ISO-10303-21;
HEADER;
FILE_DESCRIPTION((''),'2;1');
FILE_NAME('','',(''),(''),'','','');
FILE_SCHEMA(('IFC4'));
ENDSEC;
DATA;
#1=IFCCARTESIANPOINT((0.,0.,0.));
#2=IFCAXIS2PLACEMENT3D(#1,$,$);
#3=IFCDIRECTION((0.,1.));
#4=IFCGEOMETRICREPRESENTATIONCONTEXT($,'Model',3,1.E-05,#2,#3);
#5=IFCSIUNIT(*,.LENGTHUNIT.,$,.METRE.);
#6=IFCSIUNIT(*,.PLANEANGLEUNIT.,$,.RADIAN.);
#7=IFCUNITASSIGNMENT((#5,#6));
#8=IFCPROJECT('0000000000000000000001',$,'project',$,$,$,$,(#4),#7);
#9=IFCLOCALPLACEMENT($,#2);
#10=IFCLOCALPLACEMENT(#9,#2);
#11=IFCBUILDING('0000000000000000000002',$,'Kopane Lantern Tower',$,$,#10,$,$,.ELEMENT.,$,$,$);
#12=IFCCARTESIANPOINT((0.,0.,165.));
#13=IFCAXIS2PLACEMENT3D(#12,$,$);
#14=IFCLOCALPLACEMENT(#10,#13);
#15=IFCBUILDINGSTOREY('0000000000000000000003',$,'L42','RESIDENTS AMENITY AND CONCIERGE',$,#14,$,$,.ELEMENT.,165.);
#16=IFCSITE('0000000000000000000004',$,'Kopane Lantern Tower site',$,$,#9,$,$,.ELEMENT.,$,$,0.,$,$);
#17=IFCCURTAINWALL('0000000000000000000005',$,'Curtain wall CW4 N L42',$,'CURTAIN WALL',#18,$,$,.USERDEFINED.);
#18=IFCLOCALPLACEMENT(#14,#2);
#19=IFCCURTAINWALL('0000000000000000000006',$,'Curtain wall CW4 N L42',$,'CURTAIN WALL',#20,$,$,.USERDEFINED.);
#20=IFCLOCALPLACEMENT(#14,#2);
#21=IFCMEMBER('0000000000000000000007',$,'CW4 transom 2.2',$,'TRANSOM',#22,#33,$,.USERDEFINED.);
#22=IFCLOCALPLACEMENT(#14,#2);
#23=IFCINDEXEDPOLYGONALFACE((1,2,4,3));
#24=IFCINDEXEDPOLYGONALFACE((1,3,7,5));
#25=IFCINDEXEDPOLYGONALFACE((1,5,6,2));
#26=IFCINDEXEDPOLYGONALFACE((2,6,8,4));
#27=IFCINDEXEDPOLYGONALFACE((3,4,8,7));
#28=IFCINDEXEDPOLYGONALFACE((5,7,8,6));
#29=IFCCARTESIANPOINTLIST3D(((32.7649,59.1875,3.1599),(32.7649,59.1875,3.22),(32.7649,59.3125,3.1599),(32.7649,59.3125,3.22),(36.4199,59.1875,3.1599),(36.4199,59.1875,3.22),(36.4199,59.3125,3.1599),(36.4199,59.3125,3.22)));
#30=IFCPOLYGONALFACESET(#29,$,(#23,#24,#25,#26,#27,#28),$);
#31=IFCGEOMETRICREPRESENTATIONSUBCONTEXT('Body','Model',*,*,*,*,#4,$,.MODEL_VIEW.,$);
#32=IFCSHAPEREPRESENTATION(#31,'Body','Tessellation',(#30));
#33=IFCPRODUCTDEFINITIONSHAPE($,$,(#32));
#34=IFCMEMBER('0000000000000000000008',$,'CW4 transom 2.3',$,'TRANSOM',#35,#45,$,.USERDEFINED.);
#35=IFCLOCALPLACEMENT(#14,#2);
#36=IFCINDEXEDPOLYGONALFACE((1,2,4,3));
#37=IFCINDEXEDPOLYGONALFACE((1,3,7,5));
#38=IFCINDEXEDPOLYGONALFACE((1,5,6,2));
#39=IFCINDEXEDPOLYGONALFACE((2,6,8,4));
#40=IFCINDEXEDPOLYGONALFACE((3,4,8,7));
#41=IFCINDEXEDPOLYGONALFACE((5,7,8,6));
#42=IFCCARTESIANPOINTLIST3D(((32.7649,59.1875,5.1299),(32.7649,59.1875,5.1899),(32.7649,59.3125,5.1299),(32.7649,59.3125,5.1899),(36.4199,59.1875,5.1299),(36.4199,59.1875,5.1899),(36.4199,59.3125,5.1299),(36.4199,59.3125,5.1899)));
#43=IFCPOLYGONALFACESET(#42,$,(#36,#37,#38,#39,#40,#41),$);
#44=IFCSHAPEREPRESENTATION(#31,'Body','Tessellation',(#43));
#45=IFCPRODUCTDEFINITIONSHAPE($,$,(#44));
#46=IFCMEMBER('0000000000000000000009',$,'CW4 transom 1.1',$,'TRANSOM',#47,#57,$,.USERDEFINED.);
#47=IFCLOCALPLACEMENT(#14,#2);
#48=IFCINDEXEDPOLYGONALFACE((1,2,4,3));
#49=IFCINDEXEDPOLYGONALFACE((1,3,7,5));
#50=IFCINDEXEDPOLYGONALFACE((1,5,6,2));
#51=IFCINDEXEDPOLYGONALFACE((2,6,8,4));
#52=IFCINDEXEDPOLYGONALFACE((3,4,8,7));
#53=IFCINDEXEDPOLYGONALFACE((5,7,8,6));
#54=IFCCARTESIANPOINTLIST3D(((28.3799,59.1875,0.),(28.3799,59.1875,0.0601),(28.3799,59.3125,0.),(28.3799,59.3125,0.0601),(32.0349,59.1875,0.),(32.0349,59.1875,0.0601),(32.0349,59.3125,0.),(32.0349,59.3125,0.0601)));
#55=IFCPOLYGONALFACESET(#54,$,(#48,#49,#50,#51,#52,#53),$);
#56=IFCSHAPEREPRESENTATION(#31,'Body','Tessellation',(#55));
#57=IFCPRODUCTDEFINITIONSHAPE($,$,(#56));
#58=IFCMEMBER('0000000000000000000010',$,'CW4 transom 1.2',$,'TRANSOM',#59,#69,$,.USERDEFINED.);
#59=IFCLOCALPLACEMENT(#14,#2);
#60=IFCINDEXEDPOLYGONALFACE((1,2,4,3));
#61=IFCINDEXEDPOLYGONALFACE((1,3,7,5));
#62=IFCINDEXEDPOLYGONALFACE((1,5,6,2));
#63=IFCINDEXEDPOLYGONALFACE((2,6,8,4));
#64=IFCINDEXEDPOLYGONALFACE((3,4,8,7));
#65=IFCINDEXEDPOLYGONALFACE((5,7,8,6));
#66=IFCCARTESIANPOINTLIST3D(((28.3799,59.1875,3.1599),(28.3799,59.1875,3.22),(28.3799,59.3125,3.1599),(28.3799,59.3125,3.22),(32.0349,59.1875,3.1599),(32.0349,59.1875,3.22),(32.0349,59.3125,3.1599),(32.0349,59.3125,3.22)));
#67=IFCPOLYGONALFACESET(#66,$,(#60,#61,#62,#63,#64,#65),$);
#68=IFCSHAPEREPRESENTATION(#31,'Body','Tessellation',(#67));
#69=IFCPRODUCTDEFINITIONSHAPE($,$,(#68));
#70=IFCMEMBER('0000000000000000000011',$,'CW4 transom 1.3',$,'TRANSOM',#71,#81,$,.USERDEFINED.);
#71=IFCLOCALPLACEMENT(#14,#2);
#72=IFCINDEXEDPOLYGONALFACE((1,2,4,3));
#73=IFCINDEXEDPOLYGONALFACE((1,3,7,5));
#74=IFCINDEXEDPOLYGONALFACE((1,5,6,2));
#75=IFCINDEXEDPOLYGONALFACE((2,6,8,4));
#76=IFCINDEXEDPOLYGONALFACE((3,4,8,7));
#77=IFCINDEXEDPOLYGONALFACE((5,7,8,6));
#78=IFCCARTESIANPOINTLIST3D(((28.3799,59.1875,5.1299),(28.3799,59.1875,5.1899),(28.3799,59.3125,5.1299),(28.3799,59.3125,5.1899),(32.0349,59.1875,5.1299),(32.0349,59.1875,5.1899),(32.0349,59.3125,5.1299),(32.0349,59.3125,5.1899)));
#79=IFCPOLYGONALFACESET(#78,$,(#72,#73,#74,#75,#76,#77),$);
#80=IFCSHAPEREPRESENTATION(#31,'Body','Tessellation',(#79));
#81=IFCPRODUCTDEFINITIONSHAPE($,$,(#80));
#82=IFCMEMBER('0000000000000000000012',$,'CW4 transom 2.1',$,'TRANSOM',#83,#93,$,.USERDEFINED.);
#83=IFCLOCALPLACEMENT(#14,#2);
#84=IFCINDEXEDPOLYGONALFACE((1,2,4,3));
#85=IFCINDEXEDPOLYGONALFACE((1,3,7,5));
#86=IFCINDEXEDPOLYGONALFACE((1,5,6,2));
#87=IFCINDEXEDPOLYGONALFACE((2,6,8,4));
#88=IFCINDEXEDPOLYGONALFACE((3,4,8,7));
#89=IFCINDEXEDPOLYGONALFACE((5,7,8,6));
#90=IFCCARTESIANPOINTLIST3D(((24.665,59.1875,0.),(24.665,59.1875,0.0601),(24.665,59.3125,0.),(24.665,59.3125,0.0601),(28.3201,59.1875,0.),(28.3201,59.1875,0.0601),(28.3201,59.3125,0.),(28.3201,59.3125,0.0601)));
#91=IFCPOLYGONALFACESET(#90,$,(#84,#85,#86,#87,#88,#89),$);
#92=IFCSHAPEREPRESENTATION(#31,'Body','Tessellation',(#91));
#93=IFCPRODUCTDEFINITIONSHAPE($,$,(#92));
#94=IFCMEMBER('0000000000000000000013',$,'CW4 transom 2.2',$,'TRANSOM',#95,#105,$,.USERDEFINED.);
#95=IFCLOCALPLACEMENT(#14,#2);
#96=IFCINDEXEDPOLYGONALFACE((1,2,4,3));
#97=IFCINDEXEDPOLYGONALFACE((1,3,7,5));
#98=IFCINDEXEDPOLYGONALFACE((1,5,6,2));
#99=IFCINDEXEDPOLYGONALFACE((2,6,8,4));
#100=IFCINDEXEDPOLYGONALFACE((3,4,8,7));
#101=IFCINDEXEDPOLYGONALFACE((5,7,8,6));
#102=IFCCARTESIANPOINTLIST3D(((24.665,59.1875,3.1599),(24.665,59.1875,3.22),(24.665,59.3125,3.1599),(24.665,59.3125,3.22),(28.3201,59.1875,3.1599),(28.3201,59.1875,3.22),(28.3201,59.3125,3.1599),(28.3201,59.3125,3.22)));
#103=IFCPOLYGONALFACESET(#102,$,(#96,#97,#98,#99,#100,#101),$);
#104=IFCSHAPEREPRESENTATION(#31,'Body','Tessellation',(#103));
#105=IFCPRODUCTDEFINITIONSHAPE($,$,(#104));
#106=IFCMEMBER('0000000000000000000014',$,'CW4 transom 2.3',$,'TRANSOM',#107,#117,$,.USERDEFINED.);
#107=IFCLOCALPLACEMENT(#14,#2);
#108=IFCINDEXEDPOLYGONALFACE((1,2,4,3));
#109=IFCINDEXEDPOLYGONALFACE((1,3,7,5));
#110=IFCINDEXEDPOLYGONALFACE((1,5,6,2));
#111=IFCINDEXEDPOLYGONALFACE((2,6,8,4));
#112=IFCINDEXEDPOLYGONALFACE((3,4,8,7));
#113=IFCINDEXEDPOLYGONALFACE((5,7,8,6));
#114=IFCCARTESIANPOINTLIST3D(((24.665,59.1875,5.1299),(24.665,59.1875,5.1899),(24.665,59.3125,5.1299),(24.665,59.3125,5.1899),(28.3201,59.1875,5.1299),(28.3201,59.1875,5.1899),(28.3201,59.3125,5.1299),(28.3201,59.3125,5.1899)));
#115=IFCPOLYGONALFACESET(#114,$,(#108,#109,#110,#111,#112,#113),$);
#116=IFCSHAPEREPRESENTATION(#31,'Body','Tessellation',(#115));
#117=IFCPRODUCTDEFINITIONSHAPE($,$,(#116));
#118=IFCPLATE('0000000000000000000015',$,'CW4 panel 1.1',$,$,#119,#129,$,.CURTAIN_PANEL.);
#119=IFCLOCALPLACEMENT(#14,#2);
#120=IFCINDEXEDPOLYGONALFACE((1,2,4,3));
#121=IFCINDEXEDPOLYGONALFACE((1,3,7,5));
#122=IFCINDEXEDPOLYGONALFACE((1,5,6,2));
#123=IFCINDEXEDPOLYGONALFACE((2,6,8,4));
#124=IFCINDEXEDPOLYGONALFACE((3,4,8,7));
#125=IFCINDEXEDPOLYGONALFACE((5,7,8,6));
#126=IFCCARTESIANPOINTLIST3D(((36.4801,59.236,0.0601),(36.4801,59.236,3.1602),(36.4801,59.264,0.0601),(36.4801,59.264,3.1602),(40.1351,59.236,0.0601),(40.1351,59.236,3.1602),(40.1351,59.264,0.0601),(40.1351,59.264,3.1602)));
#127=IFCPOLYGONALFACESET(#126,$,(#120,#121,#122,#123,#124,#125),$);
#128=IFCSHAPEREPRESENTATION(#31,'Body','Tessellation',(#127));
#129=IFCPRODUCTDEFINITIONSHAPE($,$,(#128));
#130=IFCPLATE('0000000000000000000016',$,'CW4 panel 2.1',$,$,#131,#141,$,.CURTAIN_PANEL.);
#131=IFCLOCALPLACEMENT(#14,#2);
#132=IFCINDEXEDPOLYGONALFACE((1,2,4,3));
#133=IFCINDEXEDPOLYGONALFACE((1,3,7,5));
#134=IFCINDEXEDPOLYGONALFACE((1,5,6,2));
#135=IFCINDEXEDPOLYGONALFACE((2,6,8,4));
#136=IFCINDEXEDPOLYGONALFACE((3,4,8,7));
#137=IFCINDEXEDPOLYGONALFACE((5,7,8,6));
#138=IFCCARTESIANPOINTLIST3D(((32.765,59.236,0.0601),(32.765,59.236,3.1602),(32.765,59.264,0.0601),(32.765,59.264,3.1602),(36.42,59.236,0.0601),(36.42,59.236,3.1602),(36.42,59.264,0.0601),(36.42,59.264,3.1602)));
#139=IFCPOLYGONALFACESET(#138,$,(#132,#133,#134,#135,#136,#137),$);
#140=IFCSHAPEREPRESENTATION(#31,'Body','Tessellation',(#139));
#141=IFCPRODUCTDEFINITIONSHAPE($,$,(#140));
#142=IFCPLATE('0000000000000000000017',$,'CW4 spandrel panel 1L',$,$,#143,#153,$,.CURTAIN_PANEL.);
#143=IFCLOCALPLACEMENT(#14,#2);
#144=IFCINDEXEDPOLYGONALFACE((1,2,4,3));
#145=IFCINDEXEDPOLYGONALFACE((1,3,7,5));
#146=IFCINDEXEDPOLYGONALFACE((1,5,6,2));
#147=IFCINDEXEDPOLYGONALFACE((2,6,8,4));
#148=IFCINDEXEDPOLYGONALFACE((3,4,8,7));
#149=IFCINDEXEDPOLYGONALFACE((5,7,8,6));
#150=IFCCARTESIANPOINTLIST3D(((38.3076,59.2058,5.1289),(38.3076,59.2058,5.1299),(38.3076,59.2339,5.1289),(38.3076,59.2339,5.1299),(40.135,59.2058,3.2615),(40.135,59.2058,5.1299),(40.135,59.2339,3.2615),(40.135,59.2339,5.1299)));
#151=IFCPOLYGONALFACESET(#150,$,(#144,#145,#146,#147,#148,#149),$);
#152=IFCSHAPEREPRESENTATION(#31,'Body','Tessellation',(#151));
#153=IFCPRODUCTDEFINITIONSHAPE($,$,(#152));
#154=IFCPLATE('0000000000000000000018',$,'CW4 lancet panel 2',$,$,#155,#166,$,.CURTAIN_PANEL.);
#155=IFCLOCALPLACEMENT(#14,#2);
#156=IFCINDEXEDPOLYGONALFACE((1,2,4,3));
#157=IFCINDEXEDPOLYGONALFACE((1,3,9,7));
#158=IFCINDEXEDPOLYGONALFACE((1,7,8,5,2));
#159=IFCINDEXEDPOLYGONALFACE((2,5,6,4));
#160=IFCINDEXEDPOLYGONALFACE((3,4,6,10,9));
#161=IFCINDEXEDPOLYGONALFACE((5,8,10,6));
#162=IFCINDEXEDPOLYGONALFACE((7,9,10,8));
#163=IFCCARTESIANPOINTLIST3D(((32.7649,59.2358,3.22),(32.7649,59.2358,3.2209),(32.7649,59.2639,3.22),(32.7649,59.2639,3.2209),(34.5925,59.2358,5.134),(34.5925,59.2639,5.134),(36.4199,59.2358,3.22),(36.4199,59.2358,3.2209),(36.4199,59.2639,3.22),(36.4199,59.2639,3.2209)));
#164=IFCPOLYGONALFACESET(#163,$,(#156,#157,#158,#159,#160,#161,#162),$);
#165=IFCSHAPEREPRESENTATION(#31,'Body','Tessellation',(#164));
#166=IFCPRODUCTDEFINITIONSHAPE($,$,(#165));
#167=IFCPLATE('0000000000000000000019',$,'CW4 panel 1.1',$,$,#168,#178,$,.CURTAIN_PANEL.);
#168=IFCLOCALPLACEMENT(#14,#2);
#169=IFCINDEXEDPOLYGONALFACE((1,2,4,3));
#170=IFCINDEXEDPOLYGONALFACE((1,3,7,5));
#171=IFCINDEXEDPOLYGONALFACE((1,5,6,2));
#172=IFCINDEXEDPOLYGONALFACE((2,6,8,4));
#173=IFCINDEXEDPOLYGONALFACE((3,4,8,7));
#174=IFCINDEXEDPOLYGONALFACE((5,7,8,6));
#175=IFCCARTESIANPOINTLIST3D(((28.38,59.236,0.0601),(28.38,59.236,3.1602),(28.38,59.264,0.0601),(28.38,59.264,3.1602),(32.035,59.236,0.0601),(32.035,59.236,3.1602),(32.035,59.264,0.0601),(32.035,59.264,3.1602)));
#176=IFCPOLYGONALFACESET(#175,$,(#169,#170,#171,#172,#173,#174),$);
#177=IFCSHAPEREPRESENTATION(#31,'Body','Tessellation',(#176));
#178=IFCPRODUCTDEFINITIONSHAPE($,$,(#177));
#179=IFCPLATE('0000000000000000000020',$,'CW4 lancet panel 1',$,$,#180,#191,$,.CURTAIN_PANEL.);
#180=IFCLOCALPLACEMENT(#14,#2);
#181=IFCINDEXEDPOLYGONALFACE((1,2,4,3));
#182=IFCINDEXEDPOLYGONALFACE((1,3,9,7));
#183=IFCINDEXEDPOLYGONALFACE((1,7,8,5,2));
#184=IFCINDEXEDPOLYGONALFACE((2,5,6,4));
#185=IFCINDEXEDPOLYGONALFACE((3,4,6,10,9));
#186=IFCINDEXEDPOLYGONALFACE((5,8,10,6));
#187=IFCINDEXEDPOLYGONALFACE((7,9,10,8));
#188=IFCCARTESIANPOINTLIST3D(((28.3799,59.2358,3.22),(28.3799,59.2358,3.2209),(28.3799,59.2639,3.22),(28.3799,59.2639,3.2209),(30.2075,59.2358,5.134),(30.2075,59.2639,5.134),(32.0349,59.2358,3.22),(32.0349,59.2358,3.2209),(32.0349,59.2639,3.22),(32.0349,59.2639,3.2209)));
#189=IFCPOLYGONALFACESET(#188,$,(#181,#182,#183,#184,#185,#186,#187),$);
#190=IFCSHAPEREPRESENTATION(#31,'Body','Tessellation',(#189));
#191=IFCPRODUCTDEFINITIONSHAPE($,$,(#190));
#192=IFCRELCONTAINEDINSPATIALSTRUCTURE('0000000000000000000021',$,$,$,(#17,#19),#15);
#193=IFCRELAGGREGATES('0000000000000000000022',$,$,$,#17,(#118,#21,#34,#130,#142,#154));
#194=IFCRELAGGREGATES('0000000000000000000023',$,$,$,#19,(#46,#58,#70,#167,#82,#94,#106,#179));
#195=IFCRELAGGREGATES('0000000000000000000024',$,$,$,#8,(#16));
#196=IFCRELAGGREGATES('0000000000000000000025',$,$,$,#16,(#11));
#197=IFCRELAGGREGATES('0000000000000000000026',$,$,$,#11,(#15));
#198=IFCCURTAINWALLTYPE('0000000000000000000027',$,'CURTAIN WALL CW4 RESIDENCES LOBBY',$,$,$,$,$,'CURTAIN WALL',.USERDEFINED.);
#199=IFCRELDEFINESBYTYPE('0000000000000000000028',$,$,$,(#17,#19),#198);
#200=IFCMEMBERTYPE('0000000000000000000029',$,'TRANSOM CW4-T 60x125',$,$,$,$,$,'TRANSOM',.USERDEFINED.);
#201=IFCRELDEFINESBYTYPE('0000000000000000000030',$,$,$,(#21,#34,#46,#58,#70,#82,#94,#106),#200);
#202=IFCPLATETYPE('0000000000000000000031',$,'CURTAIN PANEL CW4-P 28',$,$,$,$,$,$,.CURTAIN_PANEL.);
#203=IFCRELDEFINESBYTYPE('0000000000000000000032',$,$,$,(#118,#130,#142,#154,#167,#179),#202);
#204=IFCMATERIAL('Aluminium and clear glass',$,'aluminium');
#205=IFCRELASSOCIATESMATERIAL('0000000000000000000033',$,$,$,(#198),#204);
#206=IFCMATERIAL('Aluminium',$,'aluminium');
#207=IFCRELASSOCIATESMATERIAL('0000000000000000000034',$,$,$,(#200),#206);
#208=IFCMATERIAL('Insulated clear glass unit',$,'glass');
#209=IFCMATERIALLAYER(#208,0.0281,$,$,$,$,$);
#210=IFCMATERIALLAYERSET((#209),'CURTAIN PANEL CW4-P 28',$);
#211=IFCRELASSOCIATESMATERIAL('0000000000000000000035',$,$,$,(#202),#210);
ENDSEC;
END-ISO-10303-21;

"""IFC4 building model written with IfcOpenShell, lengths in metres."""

from ifc_helpers import new_model, si_unit, direction, frame, origin, origin_2d, place, context, subcontext, project, spatial, polyline, rectangle, outline, extrude, material, layer, layer_set, material_profile, profile_set, type_object, element, aggregate, save


model = new_model("IFC4")

# Units and contexts
model_context = context("Model", 3, precision=1e-05, world=origin(), true_north=direction((0.0, 1.0)))
body_context = subcontext(model_context, "Body", "Model", "MODEL_VIEW")
ifc_project = project(units=[si_unit("LENGTHUNIT", "METRE"), si_unit("PLANEANGLEUNIT", "RADIAN")], contexts=[model_context])

# Site, building, storey
site_placement = place(None, origin())
site = spatial("IfcSite", under=ifc_project, at=site_placement, Name="Kopane Lantern Tower site", CompositionType="ELEMENT", RefElevation=0.0)
building_placement = place(site_placement, origin())
building = spatial("IfcBuilding", under=site, at=building_placement, Name="Kopane Lantern Tower", CompositionType="ELEMENT")
storey_placement = place(building_placement, frame((0.0, 0.0, 165.0)))
storey = spatial("IfcBuildingStorey", under=building, at=storey_placement, Name="L42", Description="RESIDENTS AMENITY AND CONCIERGE", CompositionType="ELEMENT", Elevation=165.0)

# Curtain walls
ifc_material_1 = material(Name="Aluminium and clear glass", Category="aluminium")
curtain_wall_type = type_object("IfcCurtainWallType", Name="CURTAIN WALL CW4 RESIDENCES LOBBY", ElementType="CURTAIN WALL", PredefinedType="USERDEFINED", material=ifc_material_1)
curtain_wall_1_placement = place(storey_placement, origin())
curtain_wall_1 = element("IfcCurtainWall", 1, at=curtain_wall_1_placement, inside=storey, type_object=curtain_wall_type, Name="Curtain wall CW4 N L42", ObjectType="CURTAIN WALL", PredefinedType="USERDEFINED")
curtain_wall_2_placement = place(storey_placement, origin())
curtain_wall_2 = element("IfcCurtainWall", 2, at=curtain_wall_2_placement, inside=storey, type_object=curtain_wall_type, Name="Curtain wall CW4 N L42", ObjectType="CURTAIN WALL", PredefinedType="USERDEFINED")

# Members
ifc_material_2 = material(Name="Aluminium", Category="aluminium")
ifc_material_profile_1 = material_profile(ifc_material_2, rectangle(XDim=0.125, YDim=0.0601, at=origin_2d()), Name="AL 125x60")
ifc_profile_set_1 = profile_set([ifc_material_profile_1], Name="Aluminium")
member_type_1 = type_object("IfcMemberType", Name="TRANSOM CW4-T 60x125", ElementType="TRANSOM", PredefinedType="USERDEFINED", material=ifc_profile_set_1)
member_1_placement = place(storey_placement, frame((36.4199, 59.25, 3.1899), z_axis=(-1.0, 0.0, 0.0), x_axis=(0.0, -1.0, 0.0)))
member_1 = element("IfcMember", 3, at=member_1_placement, type_object=member_type_1, Name="CW4 transom 2.2", ObjectType="TRANSOM", PredefinedType="USERDEFINED", context=body_context, shape_type="SweptSolid", body=[
    extrude(rectangle(XDim=0.125, YDim=0.0601, at=origin_2d()), origin(), (0.0, 0.0, 1.0), 3.655),
])
member_2_placement = place(storey_placement, frame((36.4199, 59.25, 5.1599), z_axis=(-1.0, 0.0, 0.0), x_axis=(0.0, -1.0, 0.0)))
member_2 = element("IfcMember", 4, at=member_2_placement, type_object=member_type_1, Name="CW4 transom 2.3", ObjectType="TRANSOM", PredefinedType="USERDEFINED", context=body_context, shape_type="SweptSolid", body=[
    extrude(rectangle(XDim=0.125, YDim=0.0601, at=origin_2d()), origin(), (0.0, 0.0, 1.0), 3.655),
])
member_3_placement = place(storey_placement, frame((32.0349, 59.25, 0.03), z_axis=(-1.0, 0.0, 0.0), x_axis=(0.0, -1.0, 0.0)))
member_3 = element("IfcMember", 5, at=member_3_placement, type_object=member_type_1, Name="CW4 transom 1.1", ObjectType="TRANSOM", PredefinedType="USERDEFINED", context=body_context, shape_type="SweptSolid", body=[
    extrude(rectangle(XDim=0.125, YDim=0.0601, at=origin_2d()), origin(), (0.0, 0.0, 1.0), 3.655),
])
member_4_placement = place(storey_placement, frame((32.0349, 59.25, 3.1899), z_axis=(-1.0, 0.0, 0.0), x_axis=(0.0, -1.0, 0.0)))
member_4 = element("IfcMember", 6, at=member_4_placement, type_object=member_type_1, Name="CW4 transom 1.2", ObjectType="TRANSOM", PredefinedType="USERDEFINED", context=body_context, shape_type="SweptSolid", body=[
    extrude(rectangle(XDim=0.125, YDim=0.0601, at=origin_2d()), origin(), (0.0, 0.0, 1.0), 3.655),
])
member_5_placement = place(storey_placement, frame((32.0349, 59.25, 5.1599), z_axis=(-1.0, 0.0, 0.0), x_axis=(0.0, -1.0, 0.0)))
member_5 = element("IfcMember", 7, at=member_5_placement, type_object=member_type_1, Name="CW4 transom 1.3", ObjectType="TRANSOM", PredefinedType="USERDEFINED", context=body_context, shape_type="SweptSolid", body=[
    extrude(rectangle(XDim=0.125, YDim=0.0601, at=origin_2d()), origin(), (0.0, 0.0, 1.0), 3.655),
])
member_6_placement = place(storey_placement, frame((28.3201, 59.25, 0.03), z_axis=(-1.0, 0.0, 0.0), x_axis=(0.0, -1.0, 0.0)))
member_6 = element("IfcMember", 8, at=member_6_placement, type_object=member_type_1, Name="CW4 transom 2.1", ObjectType="TRANSOM", PredefinedType="USERDEFINED", context=body_context, shape_type="SweptSolid", body=[
    extrude(rectangle(XDim=0.125, YDim=0.0601, at=origin_2d()), origin(), (0.0, 0.0, 1.0), 3.655),
])
member_7_placement = place(storey_placement, frame((28.3201, 59.25, 3.1899), z_axis=(-1.0, 0.0, 0.0), x_axis=(0.0, -1.0, 0.0)))
member_7 = element("IfcMember", 9, at=member_7_placement, type_object=member_type_1, Name="CW4 transom 2.2", ObjectType="TRANSOM", PredefinedType="USERDEFINED", context=body_context, shape_type="SweptSolid", body=[
    extrude(rectangle(XDim=0.125, YDim=0.0601, at=origin_2d()), origin(), (0.0, 0.0, 1.0), 3.655),
])
member_8_placement = place(storey_placement, frame((28.3201, 59.25, 5.1599), z_axis=(-1.0, 0.0, 0.0), x_axis=(0.0, -1.0, 0.0)))
member_8 = element("IfcMember", 10, at=member_8_placement, type_object=member_type_1, Name="CW4 transom 2.3", ObjectType="TRANSOM", PredefinedType="USERDEFINED", context=body_context, shape_type="SweptSolid", body=[
    extrude(rectangle(XDim=0.125, YDim=0.0601, at=origin_2d()), origin(), (0.0, 0.0, 1.0), 3.655),
])

# Plates
ifc_material_3 = material(Name="Insulated clear glass unit", Category="glass")
ifc_layer = layer(ifc_material_3, 0.0281)
ifc_layer_set = layer_set([ifc_layer], Name="CURTAIN PANEL CW4-P 28")
plate_type = type_object("IfcPlateType", Name="CURTAIN PANEL CW4-P 28", PredefinedType="CURTAIN_PANEL", material=ifc_layer_set)
plate_1_placement = place(storey_placement, frame((38.3076, 59.25, 0.0601), z_axis=(0.0, 0.0, 1.0), x_axis=(-1.0, 0.0, 0.0)))
plate_1 = element("IfcPlate", 11, at=plate_1_placement, type_object=plate_type, Name="CW4 panel 1.1", PredefinedType="CURTAIN_PANEL", context=body_context, shape_type="SweptSolid", body=[
    extrude(rectangle(XDim=3.655, YDim=0.0281, at=origin_2d()), origin(), (0.0, 0.0, 1.0), 3.1001),
])
plate_2_placement = place(storey_placement, frame((34.5925, 59.25, 0.0601), z_axis=(0.0, 0.0, 1.0), x_axis=(-1.0, 0.0, 0.0)))
plate_2 = element("IfcPlate", 12, at=plate_2_placement, type_object=plate_type, Name="CW4 panel 2.1", PredefinedType="CURTAIN_PANEL", context=body_context, shape_type="SweptSolid", body=[
    extrude(rectangle(XDim=3.655, YDim=0.0281, at=origin_2d()), origin(), (0.0, 0.0, 1.0), 3.1001),
])
plate_3_placement = place(storey_placement, frame((40.135, 59.22, 5.1299), z_axis=(0.0, 0.0, 1.0), x_axis=(-1.0, 0.0, 0.0)))
plate_3 = element("IfcPlate", 13, at=plate_3_placement, type_object=plate_type, Name="CW4 spandrel panel 1L", PredefinedType="CURTAIN_PANEL", context=body_context, shape_type="SweptSolid", body=[
    extrude(outline(polyline([(0.0, 0.0), (1.8274, 0.0), (1.8274, -0.001), (0.0, -1.8684), (0.0, 0.0)])), frame((0.0, 0.0142, 0.0), z_axis=(0.0, -1.0, 0.0), x_axis=(1.0, 0.0, 0.0)), (0.0, 0.0, 1.0), 0.0281),
])
plate_4_placement = place(storey_placement, frame((36.4199, 59.25, 3.22), z_axis=(0.0, 0.0, 1.0), x_axis=(-1.0, 0.0, 0.0)))
plate_4 = element("IfcPlate", 14, at=plate_4_placement, type_object=plate_type, Name="CW4 lancet panel 2", PredefinedType="CURTAIN_PANEL", context=body_context, shape_type="SweptSolid", body=[
    extrude(outline(polyline([(0.0, 0.0), (3.655, 0.0), (3.655, 0.001), (1.8274, 1.9141), (0.0, 0.001), (0.0, 0.0)])), frame((0.0, 0.0142, 0.0), z_axis=(0.0, -1.0, 0.0), x_axis=(1.0, 0.0, 0.0)), (0.0, 0.0, 1.0), 0.0281),
])
aggregate(curtain_wall_1, [plate_1, member_1, member_2, plate_2, plate_3, plate_4])
plate_5_placement = place(storey_placement, frame((30.2075, 59.25, 0.0601), z_axis=(0.0, 0.0, 1.0), x_axis=(-1.0, 0.0, 0.0)))
plate_5 = element("IfcPlate", 15, at=plate_5_placement, type_object=plate_type, Name="CW4 panel 1.1", PredefinedType="CURTAIN_PANEL", context=body_context, shape_type="SweptSolid", body=[
    extrude(rectangle(XDim=3.655, YDim=0.0281, at=origin_2d()), origin(), (0.0, 0.0, 1.0), 3.1001),
])
plate_6_placement = place(storey_placement, frame((32.0349, 59.25, 3.22), z_axis=(0.0, 0.0, 1.0), x_axis=(-1.0, 0.0, 0.0)))
plate_6 = element("IfcPlate", 16, at=plate_6_placement, type_object=plate_type, Name="CW4 lancet panel 1", PredefinedType="CURTAIN_PANEL", context=body_context, shape_type="SweptSolid", body=[
    extrude(outline(polyline([(0.0, 0.0), (3.655, 0.0), (3.655, 0.001), (1.8274, 1.9141), (0.0, 0.001), (0.0, 0.0)])), frame((0.0, 0.0142, 0.0), z_axis=(0.0, -1.0, 0.0), x_axis=(1.0, 0.0, 0.0)), (0.0, 0.0, 1.0), 0.0281),
])
aggregate(curtain_wall_2, [member_3, member_4, member_5, plate_5, member_6, member_7, member_8, plate_6])

save(model, "model.ifc")
